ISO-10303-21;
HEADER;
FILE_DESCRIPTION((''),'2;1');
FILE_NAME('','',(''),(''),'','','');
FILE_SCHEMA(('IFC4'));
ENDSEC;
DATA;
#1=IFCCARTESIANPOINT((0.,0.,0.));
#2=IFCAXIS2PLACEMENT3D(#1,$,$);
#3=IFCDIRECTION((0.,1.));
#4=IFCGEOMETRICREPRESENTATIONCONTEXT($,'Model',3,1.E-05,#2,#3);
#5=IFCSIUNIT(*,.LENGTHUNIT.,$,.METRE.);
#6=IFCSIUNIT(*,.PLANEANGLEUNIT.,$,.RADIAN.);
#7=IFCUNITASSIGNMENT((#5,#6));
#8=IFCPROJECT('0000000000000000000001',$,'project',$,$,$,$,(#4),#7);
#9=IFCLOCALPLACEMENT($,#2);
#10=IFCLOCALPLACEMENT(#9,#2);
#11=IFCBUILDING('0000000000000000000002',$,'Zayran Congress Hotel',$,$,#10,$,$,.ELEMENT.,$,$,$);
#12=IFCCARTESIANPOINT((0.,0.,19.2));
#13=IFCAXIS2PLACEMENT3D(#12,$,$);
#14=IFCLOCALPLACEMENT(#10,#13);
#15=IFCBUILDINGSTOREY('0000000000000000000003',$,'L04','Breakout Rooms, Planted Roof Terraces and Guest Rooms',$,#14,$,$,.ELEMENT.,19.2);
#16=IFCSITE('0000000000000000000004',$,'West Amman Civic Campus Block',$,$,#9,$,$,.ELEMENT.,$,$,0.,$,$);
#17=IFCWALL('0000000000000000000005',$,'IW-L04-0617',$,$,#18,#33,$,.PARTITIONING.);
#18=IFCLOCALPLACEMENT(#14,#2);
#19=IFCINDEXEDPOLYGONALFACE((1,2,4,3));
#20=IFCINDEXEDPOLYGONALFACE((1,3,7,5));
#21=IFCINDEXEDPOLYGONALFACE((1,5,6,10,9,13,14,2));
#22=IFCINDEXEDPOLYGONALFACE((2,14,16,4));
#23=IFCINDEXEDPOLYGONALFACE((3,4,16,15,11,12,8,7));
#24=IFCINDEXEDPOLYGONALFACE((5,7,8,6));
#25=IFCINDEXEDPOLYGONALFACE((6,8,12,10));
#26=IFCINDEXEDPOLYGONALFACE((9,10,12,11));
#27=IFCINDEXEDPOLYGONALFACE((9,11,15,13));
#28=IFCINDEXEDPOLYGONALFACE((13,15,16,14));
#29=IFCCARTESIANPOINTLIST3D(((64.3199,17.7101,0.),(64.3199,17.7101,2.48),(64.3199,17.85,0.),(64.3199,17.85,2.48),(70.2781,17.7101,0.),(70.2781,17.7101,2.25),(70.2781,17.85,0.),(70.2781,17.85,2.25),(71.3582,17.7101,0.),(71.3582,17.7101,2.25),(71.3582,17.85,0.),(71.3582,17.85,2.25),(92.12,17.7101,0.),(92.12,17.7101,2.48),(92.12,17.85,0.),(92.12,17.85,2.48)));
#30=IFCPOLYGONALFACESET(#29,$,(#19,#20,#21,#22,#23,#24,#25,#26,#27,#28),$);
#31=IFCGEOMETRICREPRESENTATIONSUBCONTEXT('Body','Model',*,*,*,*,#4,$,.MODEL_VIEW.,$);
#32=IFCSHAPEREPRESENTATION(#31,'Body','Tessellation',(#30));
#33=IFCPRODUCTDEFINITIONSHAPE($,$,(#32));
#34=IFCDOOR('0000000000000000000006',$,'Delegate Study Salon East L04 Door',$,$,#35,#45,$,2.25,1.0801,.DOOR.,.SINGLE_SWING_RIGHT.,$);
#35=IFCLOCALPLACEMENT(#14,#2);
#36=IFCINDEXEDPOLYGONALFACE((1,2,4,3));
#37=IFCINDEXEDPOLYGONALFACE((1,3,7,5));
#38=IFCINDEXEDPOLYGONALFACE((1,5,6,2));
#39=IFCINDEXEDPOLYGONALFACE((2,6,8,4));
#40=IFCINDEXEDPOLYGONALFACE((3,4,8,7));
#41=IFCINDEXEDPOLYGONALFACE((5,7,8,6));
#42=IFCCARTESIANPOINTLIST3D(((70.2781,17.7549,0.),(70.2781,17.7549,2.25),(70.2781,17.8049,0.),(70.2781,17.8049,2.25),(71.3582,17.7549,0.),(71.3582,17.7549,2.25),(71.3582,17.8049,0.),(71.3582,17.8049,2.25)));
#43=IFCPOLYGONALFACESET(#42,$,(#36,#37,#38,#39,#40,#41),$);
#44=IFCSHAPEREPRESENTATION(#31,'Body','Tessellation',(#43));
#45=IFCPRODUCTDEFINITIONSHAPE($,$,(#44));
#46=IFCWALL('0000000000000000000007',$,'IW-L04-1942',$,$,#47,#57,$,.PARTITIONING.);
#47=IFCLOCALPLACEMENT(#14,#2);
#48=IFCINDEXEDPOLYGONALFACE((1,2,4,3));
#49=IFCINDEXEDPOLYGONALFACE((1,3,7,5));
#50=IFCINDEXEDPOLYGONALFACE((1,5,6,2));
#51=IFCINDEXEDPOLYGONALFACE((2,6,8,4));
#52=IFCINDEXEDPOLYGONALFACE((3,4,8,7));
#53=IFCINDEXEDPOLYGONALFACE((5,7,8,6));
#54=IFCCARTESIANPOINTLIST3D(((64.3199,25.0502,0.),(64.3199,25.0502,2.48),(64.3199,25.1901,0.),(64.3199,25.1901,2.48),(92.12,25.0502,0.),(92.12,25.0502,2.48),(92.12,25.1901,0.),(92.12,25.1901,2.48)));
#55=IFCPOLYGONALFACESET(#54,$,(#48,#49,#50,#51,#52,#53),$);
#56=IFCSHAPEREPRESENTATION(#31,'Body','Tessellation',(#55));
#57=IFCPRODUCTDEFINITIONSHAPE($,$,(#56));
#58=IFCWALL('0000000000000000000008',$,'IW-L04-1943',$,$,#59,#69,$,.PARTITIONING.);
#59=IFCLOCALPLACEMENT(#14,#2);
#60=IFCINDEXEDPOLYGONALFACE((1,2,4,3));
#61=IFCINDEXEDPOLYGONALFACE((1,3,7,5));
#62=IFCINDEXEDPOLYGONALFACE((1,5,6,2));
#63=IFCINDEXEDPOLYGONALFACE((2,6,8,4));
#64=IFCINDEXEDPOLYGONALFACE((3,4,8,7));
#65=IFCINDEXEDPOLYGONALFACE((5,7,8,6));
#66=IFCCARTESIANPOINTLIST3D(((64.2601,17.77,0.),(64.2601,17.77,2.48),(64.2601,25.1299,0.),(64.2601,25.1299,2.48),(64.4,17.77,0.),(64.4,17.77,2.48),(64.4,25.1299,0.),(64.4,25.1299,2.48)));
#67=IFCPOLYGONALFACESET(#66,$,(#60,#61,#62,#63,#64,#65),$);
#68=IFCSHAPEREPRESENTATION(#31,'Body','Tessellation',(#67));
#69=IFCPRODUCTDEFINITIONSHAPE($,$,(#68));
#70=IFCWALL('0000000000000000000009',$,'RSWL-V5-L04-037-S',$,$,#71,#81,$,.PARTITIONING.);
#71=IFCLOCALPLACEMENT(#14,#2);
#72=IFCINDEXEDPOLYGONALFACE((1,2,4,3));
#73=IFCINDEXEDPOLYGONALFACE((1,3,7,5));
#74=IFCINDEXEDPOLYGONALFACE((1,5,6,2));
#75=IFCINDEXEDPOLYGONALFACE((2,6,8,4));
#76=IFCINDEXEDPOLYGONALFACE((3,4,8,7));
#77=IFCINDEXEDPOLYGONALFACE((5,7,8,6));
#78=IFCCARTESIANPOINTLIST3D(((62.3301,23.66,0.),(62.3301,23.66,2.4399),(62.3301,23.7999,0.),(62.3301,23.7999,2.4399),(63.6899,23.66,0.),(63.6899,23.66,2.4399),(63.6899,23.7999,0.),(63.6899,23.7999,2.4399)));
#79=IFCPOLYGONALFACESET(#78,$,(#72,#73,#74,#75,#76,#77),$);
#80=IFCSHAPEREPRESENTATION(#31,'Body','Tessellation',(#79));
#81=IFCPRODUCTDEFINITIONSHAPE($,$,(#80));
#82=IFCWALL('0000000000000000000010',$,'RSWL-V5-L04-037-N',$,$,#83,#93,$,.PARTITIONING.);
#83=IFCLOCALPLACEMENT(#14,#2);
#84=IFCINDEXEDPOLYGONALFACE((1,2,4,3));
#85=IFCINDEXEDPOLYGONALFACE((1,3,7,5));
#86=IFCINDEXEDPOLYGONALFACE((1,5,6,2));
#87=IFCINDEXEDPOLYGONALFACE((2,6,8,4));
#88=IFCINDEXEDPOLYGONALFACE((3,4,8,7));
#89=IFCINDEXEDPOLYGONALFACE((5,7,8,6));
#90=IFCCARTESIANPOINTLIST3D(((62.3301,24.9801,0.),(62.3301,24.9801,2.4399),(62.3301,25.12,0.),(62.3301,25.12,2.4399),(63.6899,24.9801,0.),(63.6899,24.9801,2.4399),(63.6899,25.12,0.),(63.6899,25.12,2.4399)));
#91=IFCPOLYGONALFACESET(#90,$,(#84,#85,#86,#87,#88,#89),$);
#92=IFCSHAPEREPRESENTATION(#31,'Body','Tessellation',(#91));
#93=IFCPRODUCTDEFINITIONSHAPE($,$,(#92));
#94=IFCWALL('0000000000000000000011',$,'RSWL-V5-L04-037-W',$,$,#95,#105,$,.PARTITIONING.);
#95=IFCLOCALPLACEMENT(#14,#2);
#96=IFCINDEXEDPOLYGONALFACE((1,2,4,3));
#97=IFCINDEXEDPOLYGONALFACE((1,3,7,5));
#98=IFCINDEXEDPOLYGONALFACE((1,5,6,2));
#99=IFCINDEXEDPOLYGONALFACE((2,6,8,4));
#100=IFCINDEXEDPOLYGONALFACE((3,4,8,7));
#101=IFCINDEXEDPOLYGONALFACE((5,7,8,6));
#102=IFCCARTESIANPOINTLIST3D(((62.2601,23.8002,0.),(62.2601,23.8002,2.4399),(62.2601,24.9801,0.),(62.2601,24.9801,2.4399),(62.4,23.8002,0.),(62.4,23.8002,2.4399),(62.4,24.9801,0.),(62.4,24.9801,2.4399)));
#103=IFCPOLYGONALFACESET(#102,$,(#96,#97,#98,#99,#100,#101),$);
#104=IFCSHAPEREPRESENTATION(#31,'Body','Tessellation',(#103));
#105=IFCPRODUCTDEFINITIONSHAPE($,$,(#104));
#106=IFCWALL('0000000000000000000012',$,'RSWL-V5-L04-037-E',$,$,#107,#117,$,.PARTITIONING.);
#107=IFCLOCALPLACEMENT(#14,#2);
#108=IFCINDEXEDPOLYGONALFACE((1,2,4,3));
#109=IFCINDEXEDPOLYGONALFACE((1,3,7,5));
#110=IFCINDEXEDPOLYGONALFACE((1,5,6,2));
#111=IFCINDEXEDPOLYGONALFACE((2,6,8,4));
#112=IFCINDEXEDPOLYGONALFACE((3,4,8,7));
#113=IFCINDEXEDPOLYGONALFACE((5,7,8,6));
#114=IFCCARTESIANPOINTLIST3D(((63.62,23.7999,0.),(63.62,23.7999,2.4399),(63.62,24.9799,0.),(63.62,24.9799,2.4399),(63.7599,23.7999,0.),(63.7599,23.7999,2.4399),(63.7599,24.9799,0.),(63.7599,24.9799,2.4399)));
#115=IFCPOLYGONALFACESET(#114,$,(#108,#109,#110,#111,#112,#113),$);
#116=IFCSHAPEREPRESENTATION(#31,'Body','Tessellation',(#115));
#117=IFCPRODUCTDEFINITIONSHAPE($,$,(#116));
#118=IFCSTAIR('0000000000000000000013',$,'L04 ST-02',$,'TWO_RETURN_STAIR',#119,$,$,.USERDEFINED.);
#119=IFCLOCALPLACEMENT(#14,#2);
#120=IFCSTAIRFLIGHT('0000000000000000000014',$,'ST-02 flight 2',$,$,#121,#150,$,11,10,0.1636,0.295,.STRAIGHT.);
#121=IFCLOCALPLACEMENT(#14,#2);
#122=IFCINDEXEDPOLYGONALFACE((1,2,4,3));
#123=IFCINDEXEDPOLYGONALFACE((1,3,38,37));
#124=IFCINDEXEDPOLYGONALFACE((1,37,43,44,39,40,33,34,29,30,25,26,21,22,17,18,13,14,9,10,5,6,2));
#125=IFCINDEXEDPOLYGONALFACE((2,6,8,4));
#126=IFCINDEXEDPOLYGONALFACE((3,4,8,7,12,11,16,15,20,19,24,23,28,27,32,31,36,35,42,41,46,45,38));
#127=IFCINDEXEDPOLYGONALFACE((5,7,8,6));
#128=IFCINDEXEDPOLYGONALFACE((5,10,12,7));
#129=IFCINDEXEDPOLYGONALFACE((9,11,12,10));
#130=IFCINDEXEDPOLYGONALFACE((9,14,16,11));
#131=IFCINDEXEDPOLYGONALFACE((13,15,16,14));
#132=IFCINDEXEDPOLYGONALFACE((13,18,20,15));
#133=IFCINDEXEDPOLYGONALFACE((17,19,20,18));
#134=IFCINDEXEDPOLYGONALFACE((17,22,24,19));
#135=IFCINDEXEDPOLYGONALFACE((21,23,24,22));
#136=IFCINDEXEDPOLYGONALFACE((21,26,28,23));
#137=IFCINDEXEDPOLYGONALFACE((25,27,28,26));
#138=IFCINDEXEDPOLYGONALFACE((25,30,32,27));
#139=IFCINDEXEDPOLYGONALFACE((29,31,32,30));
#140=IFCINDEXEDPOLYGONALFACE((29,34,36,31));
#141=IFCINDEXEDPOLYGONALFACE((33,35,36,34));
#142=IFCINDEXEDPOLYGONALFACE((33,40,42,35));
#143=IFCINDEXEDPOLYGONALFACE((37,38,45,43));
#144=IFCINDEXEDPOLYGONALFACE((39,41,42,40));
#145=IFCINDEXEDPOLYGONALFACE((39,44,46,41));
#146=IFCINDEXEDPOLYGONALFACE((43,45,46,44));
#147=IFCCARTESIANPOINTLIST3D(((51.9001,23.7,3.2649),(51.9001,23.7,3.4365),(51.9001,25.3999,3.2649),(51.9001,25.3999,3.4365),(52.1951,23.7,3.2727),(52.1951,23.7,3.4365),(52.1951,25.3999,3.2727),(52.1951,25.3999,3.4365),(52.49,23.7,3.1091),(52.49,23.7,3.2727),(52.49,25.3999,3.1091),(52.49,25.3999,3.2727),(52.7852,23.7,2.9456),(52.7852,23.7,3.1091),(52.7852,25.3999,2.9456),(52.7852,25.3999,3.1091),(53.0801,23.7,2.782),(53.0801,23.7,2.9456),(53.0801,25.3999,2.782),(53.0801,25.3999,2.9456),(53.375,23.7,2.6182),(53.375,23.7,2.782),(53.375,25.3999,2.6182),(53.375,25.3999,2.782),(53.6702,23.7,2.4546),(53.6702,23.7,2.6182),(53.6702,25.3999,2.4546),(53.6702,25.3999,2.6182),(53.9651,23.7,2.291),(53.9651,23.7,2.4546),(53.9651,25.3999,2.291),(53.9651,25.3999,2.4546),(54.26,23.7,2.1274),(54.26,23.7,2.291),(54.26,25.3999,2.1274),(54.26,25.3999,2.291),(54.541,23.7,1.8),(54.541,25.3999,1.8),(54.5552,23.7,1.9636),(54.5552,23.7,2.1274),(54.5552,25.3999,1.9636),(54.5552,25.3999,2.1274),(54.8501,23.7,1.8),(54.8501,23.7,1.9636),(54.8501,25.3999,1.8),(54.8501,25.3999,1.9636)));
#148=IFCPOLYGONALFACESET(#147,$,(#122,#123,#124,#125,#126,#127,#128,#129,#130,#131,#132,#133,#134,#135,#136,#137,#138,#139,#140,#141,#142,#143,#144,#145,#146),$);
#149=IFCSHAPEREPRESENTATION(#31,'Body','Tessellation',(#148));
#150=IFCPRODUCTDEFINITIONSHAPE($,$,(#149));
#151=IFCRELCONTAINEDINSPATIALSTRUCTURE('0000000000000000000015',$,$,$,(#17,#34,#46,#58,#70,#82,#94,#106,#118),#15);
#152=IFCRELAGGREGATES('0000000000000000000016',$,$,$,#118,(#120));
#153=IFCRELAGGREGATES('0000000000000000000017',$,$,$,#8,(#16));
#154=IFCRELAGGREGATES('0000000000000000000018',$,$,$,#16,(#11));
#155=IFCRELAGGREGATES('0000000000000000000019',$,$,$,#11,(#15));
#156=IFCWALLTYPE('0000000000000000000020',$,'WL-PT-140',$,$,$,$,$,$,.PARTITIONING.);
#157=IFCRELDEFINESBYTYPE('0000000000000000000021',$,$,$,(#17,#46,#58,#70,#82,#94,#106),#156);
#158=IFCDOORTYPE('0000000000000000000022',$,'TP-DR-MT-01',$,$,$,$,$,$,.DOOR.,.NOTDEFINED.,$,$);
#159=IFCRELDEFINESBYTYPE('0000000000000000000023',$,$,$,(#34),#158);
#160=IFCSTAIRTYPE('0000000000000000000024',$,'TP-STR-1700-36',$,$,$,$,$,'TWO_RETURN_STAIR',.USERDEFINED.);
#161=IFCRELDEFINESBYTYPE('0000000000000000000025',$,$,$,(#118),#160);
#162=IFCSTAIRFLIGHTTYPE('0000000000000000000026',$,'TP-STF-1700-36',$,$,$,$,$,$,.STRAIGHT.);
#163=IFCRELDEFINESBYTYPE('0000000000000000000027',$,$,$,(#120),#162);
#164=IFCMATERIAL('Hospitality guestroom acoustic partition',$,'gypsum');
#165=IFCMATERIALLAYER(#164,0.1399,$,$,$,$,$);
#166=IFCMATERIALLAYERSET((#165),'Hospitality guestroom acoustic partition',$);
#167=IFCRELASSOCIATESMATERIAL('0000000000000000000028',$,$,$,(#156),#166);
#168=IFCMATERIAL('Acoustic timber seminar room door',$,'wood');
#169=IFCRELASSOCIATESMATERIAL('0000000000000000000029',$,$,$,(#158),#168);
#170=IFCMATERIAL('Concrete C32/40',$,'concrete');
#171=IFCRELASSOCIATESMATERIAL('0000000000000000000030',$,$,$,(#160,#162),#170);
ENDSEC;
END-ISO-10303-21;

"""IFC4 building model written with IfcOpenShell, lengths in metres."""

from ifc_helpers import new_model, si_unit, direction, frame, frame_2d, origin, place, context, subcontext, project, spatial, polyline, rectangle, outline, extrude, material, layer, layer_set, type_object, element, fill, aggregate, save


model = new_model("IFC4")

# Units and contexts
model_context = context("Model", 3, precision=1e-05, world=origin(), true_north=direction((0.0, 1.0)))
body_context = subcontext(model_context, "Body", "Model", "MODEL_VIEW")
ifc_project = project(units=[si_unit("LENGTHUNIT", "METRE"), si_unit("PLANEANGLEUNIT", "RADIAN")], contexts=[model_context])

# Site, building, storey
site_placement = place(None, origin())
site = spatial("IfcSite", under=ifc_project, at=site_placement, Name="West Amman Civic Campus Block", CompositionType="ELEMENT", RefElevation=0.0)
building_placement = place(site_placement, origin())
building = spatial("IfcBuilding", under=site, at=building_placement, Name="Zayran Congress Hotel", CompositionType="ELEMENT")
storey_placement = place(building_placement, frame((0.0, 0.0, 19.2)))
storey = spatial("IfcBuildingStorey", under=building, at=storey_placement, Name="L04", Description="Breakout Rooms, Planted Roof Terraces and Guest Rooms", CompositionType="ELEMENT", Elevation=19.2)

# Shared definitions
ifc_material_1 = material(Name="Hospitality guestroom acoustic partition", Category="gypsum")
ifc_layer_1 = layer(ifc_material_1, 0.1399)
ifc_layer_set_1 = layer_set([ifc_layer_1], Name="Hospitality guestroom acoustic partition")
wall_type_1 = type_object("IfcWallType", Name="WL-PT-140", PredefinedType="PARTITIONING", material=ifc_layer_set_1)

# Wall, opening, door
wall_1_placement = place(storey_placement, frame((64.3201, 17.78, 0.0), z_axis=(0.0, 0.0, 1.0), x_axis=(1.0, 0.0, 0.0)))
wall_1 = element("IfcWall", 1, at=wall_1_placement, inside=storey, type_object=wall_type_1, Name="IW-L04-0617", PredefinedType="PARTITIONING", context=body_context, shape_type="SweptSolid", body=[
    extrude(rectangle(XDim=27.8, YDim=0.1399, at=frame_2d((13.8999, 0.0))), origin(), (0.0, 0.0, 1.0), 2.48),
])
opening_1_placement = place(wall_1_placement, frame((5.958, 0.0, 0.0)))
opening_1 = element("IfcOpeningElement", 2, at=opening_1_placement, cuts=wall_1, PredefinedType="OPENING", context=body_context, shape_type="SweptSolid", body=[
    extrude(rectangle(XDim=1.0801, YDim=2.25, at=frame_2d((0.54, 1.125))), frame((0.0, 0.0798, 0.0), z_axis=(0.0, -1.0, 0.0), x_axis=(1.0, 0.0, 0.0)), (0.0, 0.0, 1.0), 0.1599),
])
ifc_material_2 = material(Name="Acoustic timber seminar room door", Category="wood")
door_type_1 = type_object("IfcDoorType", Name="TP-DR-MT-01", OperationType="NOTDEFINED", PredefinedType="DOOR", material=ifc_material_2)
door_1_placement = place(opening_1_placement, origin())
door_1 = element("IfcDoor", 3, at=door_1_placement, inside=storey, type_object=door_type_1, Name="Delegate Study Salon East L04 Door", OperationType="SINGLE_SWING_RIGHT", OverallHeight=2.25, OverallWidth=1.0801, PredefinedType="DOOR", context=body_context, shape_type="SweptSolid", body=[
    extrude(rectangle(XDim=1.0801, YDim=2.25, at=frame_2d((0.54, 1.125))), frame((0.0, 0.0249, 0.0), z_axis=(0.0, -1.0, 0.0), x_axis=(1.0, 0.0, 0.0)), (0.0, 0.0, 1.0), 0.05),
])
fill(opening_1, door_1)

# Walls
wall_2_placement = place(storey_placement, frame((64.3201, 25.1201, 0.0), z_axis=(0.0, 0.0, 1.0), x_axis=(1.0, 0.0, 0.0)))
element("IfcWall", 4, at=wall_2_placement, inside=storey, type_object=wall_type_1, Name="IW-L04-1942", PredefinedType="PARTITIONING", context=body_context, shape_type="SweptSolid", body=[
    extrude(rectangle(XDim=27.8, YDim=0.1399, at=frame_2d((13.8999, 0.0))), origin(), (0.0, 0.0, 1.0), 2.48),
])
wall_3_placement = place(storey_placement, frame((64.3301, 17.77, 0.0), z_axis=(0.0, 0.0, 1.0), x_axis=(0.0, 1.0, 0.0)))
element("IfcWall", 5, at=wall_3_placement, inside=storey, type_object=wall_type_1, Name="IW-L04-1943", PredefinedType="PARTITIONING", context=body_context, shape_type="SweptSolid", body=[
    extrude(rectangle(XDim=7.3599, YDim=0.1399, at=frame_2d((3.6799, 0.0))), origin(), (0.0, 0.0, 1.0), 2.48),
])
for number, where, z_axis, x_axis, name in (
    (6, (62.3301, 23.73, 0.0), (0.0, 0.0, 1.0), (1.0, 0.0, 0.0), "RSWL-V5-L04-037-S"),
    (7, (63.6899, 25.05, 0.0), (0.0, 0.0, 1.0), (-1.0, 0.0, 0.0), "RSWL-V5-L04-037-N"),
):
    element("IfcWall", number, at=place(storey_placement, frame(where, z_axis=z_axis, x_axis=x_axis)), inside=storey, type_object=wall_type_1, Name=name, PredefinedType="PARTITIONING", context=body_context, shape_type="SweptSolid", body=[
        extrude(rectangle(XDim=1.3599, YDim=0.1399, at=frame_2d((0.6799, 0.0))), origin(), (0.0, 0.0, 1.0), 2.4399),
    ])
for number, where, z_axis, x_axis, name in (
    (8, (62.3301, 24.98, 0.0), (0.0, 0.0, 1.0), (0.0, -1.0, 0.0), "RSWL-V5-L04-037-W"),
    (9, (63.6899, 23.8, 0.0), (0.0, 0.0, 1.0), (0.0, 1.0, 0.0), "RSWL-V5-L04-037-E"),
):
    element("IfcWall", number, at=place(storey_placement, frame(where, z_axis=z_axis, x_axis=x_axis)), inside=storey, type_object=wall_type_1, Name=name, PredefinedType="PARTITIONING", context=body_context, shape_type="SweptSolid", body=[
        extrude(rectangle(XDim=1.1799, YDim=0.1399, at=frame_2d((0.5898, 0.0))), origin(), (0.0, 0.0, 1.0), 2.4399),
    ])

# Stair, stair flight
ifc_material_3 = material(Name="Concrete C32/40", Category="concrete")
stair_type = type_object("IfcStairType", Name="TP-STR-1700-36", ElementType="TWO_RETURN_STAIR", PredefinedType="USERDEFINED", material=ifc_material_3)
stair_placement = place(storey_placement, origin())
stair = element("IfcStair", 10, at=stair_placement, inside=storey, type_object=stair_type, Name="L04 ST-02", ObjectType="TWO_RETURN_STAIR", PredefinedType="USERDEFINED")
stair_flight_type = type_object("IfcStairFlightType", Name="TP-STF-1700-36", PredefinedType="STRAIGHT", material=ifc_material_3)
stair_flight_placement = place(storey_placement, frame((54.8501, 24.55, 1.8), z_axis=(0.0, 0.0, 1.0), x_axis=(-1.0, 0.0, 0.0)))
stair_flight = element("IfcStairFlight", 11, at=stair_flight_placement, type_object=stair_flight_type, Name="ST-02 flight 2", NumberOfRisers=11, NumberOfTreads=10, PredefinedType="STRAIGHT", RiserHeight=0.1636, TreadLength=0.295, context=body_context, shape_type="SweptSolid", body=[
    extrude(outline(polyline([(0.0, 0.0), (0.0, 0.1636), (0.2949, 0.1636), (0.2949, 0.3274), (0.5901, 0.3274), (0.5901, 0.491), (0.885, 0.491), (0.885, 0.6545), (1.1799, 0.6545), (1.1799, 0.8181), (1.4751, 0.8181), (1.4751, 0.9819), (1.77, 0.9819), (1.77, 1.1455), (2.0649, 1.1455), (2.0649, 1.3091), (2.3601, 1.3091), (2.3601, 1.4727), (2.655, 1.4727), (2.655, 1.6365), (2.95, 1.6365), (2.95, 1.8), (2.95, 1.4648), (0.3091, 0.0), (0.0, 0.0)])), frame((0.0, 0.8501, 0.0), z_axis=(0.0, -1.0, 0.0), x_axis=(1.0, 0.0, 0.0)), (0.0, 0.0, 1.0), 1.7),
])
aggregate(stair, [stair_flight])

save(model, "model.ifc")
